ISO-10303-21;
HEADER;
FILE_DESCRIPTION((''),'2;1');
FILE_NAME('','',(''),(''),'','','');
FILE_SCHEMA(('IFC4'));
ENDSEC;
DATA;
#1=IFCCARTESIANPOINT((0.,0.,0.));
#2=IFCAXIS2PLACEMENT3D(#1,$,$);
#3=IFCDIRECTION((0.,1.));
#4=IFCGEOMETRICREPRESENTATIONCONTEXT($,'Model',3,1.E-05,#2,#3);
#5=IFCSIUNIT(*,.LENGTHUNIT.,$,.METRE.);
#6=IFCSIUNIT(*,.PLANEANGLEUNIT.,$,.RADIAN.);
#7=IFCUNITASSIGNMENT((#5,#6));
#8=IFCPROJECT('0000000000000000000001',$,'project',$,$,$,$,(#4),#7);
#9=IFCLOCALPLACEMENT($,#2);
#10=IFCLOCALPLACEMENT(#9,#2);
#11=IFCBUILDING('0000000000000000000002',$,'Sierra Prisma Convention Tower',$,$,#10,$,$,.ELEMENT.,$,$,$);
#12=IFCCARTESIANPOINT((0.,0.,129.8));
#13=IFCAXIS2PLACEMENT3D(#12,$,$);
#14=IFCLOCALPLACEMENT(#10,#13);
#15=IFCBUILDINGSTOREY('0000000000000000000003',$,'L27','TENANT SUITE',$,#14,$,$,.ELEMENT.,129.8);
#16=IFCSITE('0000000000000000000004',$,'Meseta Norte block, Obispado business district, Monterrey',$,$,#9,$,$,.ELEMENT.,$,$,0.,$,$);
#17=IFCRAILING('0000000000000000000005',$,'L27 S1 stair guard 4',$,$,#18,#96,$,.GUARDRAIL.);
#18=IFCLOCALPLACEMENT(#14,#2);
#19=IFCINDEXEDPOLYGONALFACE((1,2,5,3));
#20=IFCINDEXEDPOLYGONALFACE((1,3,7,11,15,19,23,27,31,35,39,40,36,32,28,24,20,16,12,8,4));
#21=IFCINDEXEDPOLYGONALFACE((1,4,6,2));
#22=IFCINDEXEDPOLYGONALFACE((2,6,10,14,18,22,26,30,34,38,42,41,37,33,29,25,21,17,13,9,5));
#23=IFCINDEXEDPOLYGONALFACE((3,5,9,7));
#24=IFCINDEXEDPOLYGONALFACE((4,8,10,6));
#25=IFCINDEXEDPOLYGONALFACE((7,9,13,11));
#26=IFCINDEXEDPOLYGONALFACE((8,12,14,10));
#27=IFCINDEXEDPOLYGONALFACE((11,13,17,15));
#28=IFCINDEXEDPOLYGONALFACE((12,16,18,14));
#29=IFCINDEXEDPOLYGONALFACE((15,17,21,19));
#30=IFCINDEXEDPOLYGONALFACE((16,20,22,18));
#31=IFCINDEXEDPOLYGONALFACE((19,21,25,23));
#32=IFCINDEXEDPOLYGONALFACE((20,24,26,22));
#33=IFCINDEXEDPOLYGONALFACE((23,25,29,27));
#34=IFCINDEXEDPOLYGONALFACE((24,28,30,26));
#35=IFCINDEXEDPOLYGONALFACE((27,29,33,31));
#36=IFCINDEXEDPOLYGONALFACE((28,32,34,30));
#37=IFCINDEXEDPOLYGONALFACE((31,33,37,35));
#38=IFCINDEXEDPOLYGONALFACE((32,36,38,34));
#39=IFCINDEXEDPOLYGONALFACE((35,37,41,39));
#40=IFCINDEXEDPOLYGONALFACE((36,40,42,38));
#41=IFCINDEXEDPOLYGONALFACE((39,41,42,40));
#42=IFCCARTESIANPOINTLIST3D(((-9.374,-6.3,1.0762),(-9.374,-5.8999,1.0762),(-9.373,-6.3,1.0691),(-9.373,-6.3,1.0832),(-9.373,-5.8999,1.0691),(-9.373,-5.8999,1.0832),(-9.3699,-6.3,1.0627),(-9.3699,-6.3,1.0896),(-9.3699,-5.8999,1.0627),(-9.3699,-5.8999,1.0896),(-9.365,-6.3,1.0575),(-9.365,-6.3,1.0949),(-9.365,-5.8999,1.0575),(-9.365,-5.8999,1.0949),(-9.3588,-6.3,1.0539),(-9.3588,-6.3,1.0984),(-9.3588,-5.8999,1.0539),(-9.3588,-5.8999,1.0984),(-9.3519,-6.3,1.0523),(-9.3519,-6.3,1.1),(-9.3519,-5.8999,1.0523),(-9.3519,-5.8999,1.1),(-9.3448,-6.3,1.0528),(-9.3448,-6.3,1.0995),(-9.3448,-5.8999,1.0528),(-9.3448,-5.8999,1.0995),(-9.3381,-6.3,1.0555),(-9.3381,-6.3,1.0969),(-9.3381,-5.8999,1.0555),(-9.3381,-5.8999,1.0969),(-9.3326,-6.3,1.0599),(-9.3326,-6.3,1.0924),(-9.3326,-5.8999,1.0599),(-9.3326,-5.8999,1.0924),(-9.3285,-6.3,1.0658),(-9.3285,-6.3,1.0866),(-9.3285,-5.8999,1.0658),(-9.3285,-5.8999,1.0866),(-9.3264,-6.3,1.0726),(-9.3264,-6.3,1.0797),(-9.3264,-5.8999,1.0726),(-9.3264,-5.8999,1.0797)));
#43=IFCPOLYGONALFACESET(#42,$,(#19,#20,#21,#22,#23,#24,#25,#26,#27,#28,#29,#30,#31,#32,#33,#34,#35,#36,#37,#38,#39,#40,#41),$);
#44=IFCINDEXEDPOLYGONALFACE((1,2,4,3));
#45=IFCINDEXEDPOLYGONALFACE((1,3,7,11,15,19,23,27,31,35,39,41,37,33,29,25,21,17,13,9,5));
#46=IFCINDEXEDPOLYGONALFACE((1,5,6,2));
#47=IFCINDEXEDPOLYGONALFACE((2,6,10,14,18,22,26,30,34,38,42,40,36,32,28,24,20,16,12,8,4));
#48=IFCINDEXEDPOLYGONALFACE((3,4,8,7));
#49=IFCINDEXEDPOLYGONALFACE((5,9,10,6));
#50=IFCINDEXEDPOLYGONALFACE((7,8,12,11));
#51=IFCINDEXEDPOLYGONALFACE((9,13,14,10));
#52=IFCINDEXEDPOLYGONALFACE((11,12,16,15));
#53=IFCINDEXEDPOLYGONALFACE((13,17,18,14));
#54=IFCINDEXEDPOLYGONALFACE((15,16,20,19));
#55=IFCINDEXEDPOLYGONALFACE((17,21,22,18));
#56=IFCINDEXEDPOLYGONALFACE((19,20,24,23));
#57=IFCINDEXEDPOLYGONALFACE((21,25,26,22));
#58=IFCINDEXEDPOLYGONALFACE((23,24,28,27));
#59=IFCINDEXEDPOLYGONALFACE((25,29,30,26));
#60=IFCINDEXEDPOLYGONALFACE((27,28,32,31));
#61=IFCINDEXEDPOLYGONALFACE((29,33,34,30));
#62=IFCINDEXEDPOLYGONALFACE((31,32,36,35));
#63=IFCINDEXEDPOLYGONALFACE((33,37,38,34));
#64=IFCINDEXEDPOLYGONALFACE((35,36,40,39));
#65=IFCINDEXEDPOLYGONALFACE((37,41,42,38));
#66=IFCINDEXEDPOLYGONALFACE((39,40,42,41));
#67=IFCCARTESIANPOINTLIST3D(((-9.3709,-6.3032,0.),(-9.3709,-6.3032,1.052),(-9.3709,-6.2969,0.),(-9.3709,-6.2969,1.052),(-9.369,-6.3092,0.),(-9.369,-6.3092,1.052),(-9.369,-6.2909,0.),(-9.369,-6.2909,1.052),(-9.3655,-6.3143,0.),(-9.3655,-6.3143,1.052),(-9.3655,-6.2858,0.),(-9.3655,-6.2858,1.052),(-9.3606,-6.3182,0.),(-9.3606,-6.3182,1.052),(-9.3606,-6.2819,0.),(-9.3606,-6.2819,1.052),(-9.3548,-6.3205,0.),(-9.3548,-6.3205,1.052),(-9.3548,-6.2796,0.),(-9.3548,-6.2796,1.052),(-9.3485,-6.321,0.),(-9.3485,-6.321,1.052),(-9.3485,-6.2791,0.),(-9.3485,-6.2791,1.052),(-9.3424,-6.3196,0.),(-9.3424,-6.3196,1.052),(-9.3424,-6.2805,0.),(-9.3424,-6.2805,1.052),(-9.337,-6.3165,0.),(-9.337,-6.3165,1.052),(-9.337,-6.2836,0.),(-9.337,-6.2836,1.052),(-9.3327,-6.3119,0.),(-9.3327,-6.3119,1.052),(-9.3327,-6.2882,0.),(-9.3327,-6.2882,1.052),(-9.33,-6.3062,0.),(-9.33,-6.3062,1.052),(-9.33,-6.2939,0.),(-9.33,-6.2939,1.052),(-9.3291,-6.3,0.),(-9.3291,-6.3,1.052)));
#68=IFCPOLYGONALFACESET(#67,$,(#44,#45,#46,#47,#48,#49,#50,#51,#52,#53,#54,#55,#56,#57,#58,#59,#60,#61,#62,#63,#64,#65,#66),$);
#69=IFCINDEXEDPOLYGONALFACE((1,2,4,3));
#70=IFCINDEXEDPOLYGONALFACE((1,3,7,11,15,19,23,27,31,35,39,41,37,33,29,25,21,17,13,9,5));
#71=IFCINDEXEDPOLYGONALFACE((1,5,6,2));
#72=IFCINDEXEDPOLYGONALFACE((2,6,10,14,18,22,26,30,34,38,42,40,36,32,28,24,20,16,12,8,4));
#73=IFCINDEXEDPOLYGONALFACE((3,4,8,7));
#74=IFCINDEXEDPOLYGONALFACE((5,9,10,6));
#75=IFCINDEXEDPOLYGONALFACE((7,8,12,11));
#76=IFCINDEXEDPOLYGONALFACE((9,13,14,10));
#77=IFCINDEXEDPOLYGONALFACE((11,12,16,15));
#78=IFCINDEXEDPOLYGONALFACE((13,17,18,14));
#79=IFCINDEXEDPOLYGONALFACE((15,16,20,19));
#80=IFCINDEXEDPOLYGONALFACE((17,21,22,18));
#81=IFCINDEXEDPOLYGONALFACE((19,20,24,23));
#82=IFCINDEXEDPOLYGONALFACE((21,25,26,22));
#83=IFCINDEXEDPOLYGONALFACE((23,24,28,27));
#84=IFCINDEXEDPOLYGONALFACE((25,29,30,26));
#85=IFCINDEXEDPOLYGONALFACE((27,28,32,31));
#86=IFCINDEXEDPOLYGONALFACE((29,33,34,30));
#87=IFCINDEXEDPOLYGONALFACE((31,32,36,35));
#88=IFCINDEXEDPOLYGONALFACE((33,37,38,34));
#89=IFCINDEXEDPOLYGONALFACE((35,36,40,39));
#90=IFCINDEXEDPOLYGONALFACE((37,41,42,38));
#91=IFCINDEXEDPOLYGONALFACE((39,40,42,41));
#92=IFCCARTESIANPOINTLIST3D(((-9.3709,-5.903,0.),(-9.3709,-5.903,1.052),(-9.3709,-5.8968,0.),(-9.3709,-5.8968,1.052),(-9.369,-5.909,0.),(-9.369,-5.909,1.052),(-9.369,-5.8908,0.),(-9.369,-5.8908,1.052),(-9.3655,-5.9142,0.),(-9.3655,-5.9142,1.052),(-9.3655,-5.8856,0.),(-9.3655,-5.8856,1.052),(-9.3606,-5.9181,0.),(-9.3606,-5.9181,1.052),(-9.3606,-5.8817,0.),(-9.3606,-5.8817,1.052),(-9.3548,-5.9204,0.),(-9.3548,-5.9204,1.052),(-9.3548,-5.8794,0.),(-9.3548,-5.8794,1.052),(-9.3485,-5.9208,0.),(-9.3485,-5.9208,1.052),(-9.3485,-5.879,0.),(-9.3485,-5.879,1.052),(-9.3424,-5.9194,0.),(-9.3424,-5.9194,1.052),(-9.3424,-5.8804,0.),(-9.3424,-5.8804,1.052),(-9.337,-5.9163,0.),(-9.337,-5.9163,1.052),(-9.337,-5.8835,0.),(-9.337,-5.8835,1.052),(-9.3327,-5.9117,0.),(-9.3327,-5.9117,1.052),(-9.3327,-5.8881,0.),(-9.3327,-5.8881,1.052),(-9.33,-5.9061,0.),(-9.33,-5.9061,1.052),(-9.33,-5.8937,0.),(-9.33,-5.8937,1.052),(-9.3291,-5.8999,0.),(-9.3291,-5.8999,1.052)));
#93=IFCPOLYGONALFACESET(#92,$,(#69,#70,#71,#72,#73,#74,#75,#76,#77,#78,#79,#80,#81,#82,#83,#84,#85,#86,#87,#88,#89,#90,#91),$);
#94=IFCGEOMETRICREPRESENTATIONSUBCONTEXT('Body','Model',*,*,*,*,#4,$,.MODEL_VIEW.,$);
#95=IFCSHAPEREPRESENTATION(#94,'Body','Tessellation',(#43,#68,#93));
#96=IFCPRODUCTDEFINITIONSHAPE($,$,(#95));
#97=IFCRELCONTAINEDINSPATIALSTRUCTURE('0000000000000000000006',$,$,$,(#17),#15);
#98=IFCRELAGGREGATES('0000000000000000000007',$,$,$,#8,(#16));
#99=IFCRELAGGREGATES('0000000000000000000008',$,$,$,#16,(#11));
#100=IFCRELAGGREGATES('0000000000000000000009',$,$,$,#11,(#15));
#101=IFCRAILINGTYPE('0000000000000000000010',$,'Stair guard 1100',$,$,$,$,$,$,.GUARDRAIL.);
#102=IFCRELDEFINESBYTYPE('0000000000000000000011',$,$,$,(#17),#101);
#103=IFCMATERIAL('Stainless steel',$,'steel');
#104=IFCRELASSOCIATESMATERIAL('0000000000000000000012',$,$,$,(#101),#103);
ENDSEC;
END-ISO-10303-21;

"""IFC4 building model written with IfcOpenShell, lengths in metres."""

from ifc_helpers import new_model, si_unit, direction, frame, origin, origin_2d, place, context, subcontext, project, spatial, circle, extrude, material, type_object, element, save


model = new_model("IFC4")

# Units and contexts
model_context = context("Model", 3, precision=1e-05, world=origin(), true_north=direction((0.0, 1.0)))
body_context = subcontext(model_context, "Body", "Model", "MODEL_VIEW")
ifc_project = project(units=[si_unit("LENGTHUNIT", "METRE"), si_unit("PLANEANGLEUNIT", "RADIAN")], contexts=[model_context])

# Site, building, storey
site_placement = place(None, origin())
site = spatial("IfcSite", under=ifc_project, at=site_placement, Name="Meseta Norte block, Obispado business district, Monterrey", CompositionType="ELEMENT", RefElevation=0.0)
building_placement = place(site_placement, origin())
building = spatial("IfcBuilding", under=site, at=building_placement, Name="Sierra Prisma Convention Tower", CompositionType="ELEMENT")
storey_placement = place(building_placement, frame((0.0, 0.0, 129.8)))
storey = spatial("IfcBuildingStorey", under=building, at=storey_placement, Name="L27", Description="TENANT SUITE", CompositionType="ELEMENT", Elevation=129.8)

# Railing
ifc_material_1 = material(Name="Stainless steel", Category="steel")
railing_type_1 = type_object("IfcRailingType", Name="Stair guard 1100", PredefinedType="GUARDRAIL", material=ifc_material_1)
railing_1_placement = place(storey_placement, frame((-9.3501, -6.3, 0.0)))
element("IfcRailing", 1, at=railing_1_placement, inside=storey, type_object=railing_type_1, Name="L27 S1 stair guard 4", PredefinedType="GUARDRAIL", context=body_context, shape_type="SweptSolid", body=[
    extrude(circle(Radius=0.0239, at=origin_2d()), frame((0.0, 0.0, 1.0762), z_axis=(0.0, 1.0, 0.0), x_axis=(-1.0, 0.0, 0.0)), (0.0, 0.0, 1.0), 0.4001),
    extrude(circle(Radius=0.021, at=origin_2d()), origin(), (0.0, 0.0, 1.0), 1.052),
    extrude(circle(Radius=0.021, at=origin_2d()), frame((0.0, 0.4001, 0.0)), (0.0, 0.0, 1.0), 1.052),
])

save(model, "model.ifc")
